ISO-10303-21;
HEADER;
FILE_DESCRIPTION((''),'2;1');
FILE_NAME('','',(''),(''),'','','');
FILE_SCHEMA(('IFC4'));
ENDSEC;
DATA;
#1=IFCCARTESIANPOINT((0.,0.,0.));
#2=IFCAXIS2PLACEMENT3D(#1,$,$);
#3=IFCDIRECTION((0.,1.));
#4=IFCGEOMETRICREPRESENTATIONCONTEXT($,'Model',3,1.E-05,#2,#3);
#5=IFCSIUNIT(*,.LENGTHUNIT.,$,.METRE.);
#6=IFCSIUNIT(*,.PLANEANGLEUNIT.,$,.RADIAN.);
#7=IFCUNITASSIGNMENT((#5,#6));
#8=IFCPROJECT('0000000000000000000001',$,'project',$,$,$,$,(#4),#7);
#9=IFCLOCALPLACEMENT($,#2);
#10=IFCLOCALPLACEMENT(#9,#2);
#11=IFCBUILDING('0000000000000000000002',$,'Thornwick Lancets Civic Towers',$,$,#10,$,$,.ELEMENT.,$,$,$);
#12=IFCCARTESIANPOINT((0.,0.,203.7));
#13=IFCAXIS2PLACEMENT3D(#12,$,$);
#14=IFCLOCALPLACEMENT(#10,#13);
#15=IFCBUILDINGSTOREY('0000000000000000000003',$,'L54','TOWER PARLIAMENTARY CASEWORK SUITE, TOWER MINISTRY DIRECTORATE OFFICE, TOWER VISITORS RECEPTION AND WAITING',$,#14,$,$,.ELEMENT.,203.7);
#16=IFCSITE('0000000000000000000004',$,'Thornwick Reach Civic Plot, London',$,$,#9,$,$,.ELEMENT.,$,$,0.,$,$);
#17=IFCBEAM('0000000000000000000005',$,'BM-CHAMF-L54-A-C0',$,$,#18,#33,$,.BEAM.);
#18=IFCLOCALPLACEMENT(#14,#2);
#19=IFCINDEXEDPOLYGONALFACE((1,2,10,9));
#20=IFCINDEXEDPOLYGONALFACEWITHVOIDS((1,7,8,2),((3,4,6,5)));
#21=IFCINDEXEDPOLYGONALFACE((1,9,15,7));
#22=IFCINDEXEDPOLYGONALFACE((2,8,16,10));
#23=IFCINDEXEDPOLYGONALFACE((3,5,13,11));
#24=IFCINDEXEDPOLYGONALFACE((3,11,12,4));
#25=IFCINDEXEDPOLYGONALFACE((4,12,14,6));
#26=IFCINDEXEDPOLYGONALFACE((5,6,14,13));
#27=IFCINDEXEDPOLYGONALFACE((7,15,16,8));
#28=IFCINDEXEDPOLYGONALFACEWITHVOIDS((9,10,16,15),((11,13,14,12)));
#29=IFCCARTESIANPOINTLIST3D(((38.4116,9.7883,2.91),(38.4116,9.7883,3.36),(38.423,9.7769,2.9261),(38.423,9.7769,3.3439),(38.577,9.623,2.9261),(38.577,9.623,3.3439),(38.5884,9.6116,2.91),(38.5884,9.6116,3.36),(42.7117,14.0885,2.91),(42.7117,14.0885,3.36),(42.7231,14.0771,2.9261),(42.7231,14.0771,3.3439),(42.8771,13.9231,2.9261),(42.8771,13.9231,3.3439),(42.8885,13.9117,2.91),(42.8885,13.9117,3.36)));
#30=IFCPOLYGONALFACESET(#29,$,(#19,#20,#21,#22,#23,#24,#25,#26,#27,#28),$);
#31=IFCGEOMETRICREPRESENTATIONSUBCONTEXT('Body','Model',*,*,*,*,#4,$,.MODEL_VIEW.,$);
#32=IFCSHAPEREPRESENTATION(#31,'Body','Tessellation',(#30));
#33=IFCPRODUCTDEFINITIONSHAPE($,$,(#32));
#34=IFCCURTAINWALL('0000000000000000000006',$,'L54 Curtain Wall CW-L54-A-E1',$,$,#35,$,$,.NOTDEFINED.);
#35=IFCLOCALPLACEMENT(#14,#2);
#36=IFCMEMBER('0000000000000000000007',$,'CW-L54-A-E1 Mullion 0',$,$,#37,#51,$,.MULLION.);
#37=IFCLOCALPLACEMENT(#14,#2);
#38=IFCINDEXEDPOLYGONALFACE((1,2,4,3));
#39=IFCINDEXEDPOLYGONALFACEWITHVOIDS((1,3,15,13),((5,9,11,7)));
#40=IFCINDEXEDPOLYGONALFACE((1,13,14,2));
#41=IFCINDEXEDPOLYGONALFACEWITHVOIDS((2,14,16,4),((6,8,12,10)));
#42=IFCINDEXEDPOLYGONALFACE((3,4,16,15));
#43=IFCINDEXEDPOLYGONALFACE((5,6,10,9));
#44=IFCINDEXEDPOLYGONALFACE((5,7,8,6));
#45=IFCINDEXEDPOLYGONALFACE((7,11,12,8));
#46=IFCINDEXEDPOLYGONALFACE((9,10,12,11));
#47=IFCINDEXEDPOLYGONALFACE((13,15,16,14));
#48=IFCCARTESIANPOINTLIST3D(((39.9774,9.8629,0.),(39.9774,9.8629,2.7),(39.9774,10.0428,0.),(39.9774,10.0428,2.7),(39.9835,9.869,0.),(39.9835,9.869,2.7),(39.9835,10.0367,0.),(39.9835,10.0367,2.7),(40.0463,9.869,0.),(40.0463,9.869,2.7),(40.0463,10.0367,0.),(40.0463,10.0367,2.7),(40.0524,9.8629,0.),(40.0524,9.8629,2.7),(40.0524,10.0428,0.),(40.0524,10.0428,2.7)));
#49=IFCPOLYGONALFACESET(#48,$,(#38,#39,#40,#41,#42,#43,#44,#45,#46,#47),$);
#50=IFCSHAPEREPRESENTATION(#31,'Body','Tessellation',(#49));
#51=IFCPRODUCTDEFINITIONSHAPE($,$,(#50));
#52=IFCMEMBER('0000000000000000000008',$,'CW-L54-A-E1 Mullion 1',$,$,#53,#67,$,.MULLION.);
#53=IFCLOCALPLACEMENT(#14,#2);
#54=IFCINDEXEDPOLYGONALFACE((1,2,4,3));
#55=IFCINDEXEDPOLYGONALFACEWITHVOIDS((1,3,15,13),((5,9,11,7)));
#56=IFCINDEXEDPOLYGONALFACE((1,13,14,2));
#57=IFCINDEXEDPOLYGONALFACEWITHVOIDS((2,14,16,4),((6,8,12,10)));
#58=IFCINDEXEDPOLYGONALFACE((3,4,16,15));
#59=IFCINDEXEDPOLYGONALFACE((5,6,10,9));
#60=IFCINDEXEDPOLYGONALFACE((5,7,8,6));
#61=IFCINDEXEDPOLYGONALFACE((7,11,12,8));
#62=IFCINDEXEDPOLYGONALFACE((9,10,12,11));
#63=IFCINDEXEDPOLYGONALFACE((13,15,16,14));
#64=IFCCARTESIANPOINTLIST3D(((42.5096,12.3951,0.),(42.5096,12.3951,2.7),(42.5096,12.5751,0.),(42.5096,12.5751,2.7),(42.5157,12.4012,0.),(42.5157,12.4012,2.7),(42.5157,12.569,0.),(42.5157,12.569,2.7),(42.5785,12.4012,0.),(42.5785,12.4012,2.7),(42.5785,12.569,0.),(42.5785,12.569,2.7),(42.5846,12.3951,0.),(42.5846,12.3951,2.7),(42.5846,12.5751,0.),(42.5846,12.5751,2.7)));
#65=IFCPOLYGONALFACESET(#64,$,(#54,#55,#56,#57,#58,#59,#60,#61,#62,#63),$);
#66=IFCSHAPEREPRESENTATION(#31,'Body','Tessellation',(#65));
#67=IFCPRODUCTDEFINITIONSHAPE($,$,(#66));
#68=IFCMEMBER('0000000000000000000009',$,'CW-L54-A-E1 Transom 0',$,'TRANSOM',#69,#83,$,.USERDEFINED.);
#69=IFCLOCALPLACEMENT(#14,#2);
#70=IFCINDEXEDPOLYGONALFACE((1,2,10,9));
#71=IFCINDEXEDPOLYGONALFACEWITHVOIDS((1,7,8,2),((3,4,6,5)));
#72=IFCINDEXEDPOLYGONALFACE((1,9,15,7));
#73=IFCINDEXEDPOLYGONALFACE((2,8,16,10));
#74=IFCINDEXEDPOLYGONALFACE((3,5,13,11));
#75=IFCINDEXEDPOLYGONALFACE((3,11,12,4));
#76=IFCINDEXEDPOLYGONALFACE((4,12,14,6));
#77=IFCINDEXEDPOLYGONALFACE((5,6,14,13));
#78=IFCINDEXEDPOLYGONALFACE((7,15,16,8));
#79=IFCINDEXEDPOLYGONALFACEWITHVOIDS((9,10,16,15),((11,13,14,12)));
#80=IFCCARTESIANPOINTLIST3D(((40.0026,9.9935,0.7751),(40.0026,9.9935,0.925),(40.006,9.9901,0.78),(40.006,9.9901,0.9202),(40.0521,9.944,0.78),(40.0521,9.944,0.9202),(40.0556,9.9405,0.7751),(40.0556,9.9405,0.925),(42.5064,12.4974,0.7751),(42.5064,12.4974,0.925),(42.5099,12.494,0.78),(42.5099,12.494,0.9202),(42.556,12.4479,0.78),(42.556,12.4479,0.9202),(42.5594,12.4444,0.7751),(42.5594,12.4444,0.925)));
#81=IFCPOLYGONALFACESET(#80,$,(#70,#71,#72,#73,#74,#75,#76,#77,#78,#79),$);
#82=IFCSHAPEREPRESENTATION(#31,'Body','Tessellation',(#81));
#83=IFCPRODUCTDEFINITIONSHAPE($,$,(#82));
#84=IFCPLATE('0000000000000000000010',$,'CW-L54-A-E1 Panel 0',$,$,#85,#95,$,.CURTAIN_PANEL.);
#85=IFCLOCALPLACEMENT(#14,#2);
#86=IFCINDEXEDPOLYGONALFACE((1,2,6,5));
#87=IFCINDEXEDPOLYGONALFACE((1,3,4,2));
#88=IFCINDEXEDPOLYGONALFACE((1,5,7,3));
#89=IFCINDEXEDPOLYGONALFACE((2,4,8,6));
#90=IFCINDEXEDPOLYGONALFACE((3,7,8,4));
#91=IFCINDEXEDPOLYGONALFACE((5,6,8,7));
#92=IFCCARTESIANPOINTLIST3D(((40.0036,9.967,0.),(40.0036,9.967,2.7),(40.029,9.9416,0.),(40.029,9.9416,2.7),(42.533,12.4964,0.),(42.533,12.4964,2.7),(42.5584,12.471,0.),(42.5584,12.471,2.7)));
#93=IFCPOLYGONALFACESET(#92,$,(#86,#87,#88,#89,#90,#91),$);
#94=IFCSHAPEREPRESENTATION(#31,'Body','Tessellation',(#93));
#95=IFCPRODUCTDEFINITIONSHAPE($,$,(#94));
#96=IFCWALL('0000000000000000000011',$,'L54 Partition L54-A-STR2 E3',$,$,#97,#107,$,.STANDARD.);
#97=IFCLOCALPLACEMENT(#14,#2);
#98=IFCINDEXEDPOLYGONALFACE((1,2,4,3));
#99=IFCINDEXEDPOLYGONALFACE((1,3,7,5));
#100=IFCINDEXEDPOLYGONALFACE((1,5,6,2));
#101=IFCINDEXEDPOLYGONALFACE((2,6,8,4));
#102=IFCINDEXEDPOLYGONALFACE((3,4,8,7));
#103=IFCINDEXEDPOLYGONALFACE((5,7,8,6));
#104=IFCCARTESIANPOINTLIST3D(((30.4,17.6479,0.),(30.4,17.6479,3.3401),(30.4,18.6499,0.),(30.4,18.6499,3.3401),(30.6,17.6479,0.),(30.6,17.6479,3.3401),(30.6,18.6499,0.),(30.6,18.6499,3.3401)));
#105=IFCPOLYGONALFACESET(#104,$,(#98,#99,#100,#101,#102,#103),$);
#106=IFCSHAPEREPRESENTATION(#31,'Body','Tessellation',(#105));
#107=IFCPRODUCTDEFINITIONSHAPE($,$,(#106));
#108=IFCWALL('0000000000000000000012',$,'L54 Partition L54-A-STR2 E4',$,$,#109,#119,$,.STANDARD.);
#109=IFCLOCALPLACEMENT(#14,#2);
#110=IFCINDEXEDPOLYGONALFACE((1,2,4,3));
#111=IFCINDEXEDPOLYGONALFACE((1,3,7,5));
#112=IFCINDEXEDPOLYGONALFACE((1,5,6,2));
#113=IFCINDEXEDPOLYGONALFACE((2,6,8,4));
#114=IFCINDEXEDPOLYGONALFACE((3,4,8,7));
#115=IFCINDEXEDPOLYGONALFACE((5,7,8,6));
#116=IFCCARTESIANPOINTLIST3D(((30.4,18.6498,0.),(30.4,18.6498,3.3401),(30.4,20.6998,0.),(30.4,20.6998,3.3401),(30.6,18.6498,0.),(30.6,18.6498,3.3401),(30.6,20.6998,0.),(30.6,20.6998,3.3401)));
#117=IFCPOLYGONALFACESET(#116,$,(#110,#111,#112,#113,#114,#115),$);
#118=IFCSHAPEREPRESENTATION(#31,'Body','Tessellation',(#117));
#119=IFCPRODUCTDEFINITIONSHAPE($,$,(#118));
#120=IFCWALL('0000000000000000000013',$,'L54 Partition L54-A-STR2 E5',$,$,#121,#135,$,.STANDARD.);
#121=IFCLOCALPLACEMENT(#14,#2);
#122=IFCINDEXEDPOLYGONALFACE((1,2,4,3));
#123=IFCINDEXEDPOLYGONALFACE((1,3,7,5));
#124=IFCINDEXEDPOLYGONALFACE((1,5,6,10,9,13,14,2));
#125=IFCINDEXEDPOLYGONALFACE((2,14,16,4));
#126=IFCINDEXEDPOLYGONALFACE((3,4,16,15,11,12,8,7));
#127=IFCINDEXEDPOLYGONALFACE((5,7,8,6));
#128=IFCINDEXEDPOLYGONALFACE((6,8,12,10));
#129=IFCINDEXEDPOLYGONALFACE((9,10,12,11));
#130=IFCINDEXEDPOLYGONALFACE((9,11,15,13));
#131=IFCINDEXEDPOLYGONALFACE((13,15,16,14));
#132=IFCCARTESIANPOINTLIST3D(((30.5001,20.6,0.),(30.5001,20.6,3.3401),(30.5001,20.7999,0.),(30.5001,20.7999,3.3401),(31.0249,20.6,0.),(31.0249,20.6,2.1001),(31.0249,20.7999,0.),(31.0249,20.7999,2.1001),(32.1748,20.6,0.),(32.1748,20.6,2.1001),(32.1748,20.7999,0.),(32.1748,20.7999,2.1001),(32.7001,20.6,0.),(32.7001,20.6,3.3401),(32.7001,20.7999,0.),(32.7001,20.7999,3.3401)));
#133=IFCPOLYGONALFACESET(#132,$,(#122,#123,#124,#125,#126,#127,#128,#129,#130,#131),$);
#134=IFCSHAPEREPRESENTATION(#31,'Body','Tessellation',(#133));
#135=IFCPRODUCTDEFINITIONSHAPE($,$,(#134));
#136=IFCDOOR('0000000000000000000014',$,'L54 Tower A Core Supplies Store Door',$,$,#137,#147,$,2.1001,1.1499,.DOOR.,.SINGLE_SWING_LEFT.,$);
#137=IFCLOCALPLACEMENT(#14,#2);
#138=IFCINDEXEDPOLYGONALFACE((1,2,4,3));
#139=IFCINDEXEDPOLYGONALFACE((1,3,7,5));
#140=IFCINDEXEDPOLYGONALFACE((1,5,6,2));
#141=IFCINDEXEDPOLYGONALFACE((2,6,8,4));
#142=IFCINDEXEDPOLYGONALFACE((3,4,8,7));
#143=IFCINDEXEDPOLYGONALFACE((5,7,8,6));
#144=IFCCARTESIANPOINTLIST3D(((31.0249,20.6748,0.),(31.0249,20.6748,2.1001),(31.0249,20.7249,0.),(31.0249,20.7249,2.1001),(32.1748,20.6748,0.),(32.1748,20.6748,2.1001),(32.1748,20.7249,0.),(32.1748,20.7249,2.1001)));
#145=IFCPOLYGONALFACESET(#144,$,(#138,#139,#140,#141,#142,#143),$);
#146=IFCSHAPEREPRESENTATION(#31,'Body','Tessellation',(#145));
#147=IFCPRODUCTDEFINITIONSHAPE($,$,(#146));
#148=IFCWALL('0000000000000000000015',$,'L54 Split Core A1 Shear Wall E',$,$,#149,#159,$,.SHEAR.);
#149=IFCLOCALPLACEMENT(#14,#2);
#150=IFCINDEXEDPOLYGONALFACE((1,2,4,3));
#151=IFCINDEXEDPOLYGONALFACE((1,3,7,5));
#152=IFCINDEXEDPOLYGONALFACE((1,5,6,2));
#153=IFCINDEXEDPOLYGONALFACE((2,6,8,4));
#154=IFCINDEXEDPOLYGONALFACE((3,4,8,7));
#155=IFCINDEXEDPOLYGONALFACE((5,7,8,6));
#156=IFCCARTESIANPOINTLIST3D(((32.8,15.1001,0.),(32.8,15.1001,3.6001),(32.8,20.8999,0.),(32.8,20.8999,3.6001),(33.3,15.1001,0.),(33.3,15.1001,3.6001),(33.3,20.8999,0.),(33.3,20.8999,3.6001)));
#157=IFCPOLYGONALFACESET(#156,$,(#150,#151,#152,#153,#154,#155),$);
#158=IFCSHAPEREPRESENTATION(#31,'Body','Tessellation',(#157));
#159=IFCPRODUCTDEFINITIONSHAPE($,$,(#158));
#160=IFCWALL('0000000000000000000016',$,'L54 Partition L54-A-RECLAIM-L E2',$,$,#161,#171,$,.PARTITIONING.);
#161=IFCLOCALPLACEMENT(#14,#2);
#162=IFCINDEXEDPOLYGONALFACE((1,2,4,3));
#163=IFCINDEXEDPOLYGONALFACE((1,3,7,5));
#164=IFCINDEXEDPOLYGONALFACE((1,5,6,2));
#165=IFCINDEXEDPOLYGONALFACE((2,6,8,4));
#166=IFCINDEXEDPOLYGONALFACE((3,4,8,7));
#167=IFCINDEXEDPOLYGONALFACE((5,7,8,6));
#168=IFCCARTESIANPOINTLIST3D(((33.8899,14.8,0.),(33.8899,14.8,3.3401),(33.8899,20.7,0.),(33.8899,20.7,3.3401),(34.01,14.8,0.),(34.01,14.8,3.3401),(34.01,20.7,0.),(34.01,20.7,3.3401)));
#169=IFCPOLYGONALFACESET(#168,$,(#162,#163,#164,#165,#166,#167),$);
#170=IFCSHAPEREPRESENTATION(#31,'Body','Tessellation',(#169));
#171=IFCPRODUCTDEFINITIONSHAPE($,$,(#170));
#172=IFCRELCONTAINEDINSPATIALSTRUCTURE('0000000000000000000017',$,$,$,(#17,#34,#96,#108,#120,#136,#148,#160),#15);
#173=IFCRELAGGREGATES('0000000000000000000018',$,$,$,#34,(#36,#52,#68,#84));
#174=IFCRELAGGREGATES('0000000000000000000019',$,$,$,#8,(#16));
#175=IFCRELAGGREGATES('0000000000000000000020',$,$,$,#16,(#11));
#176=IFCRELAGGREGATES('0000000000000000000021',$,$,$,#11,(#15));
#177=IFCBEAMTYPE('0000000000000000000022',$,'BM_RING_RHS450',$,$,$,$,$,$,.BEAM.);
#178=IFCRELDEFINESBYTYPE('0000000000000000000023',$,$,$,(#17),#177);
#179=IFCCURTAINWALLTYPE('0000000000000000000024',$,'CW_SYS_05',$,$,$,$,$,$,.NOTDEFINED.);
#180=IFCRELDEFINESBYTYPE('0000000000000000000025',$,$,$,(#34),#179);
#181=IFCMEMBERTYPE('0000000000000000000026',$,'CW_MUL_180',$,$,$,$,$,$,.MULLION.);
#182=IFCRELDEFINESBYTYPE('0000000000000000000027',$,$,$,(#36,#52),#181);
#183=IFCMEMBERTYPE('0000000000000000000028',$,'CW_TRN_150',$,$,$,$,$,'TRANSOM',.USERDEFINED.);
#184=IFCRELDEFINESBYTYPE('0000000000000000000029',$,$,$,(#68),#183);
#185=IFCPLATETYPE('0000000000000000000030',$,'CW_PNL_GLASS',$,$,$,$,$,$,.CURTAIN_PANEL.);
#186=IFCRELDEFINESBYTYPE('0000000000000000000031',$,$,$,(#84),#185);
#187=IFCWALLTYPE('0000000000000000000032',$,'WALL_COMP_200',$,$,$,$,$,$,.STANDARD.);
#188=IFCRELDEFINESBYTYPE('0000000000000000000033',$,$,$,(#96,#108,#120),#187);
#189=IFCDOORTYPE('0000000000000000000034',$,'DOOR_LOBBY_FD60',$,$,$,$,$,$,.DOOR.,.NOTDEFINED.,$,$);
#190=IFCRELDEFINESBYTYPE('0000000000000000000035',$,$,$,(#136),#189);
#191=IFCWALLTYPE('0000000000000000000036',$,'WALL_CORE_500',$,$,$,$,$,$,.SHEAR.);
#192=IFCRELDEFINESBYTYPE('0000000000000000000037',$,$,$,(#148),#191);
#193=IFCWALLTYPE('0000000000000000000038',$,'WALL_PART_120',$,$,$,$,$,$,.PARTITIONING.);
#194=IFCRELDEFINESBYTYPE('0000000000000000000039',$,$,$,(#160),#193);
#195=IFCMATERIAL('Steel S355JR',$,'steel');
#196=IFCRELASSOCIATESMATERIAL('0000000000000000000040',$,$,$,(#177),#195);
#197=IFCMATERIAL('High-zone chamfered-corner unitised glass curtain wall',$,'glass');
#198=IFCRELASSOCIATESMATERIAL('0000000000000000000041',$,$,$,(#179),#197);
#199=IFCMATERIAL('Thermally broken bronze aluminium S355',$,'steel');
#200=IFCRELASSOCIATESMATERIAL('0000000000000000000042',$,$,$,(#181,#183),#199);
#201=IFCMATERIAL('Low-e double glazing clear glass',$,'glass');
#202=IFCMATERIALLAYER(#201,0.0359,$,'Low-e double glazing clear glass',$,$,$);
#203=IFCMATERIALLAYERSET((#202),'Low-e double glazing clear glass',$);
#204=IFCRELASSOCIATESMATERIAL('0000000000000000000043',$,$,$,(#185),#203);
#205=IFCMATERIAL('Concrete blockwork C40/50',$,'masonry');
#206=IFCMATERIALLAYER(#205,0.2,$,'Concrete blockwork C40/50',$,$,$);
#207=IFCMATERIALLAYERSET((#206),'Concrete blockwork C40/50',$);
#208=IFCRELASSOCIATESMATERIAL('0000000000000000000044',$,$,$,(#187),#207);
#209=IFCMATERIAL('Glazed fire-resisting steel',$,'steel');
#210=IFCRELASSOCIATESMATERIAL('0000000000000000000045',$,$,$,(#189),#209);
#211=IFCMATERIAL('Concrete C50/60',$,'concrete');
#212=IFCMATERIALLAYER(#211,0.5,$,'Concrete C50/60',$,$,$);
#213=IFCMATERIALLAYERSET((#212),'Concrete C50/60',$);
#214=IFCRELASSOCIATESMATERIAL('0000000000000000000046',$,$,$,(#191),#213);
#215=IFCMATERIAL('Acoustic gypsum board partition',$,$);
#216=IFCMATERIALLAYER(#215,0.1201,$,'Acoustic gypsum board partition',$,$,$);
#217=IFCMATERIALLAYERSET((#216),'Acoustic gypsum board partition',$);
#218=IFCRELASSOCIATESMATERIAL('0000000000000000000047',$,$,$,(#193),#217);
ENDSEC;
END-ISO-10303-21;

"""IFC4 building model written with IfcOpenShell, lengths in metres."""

from ifc_helpers import new_model, si_unit, direction, frame, frame_2d, origin, origin_2d, place, context, subcontext, project, spatial, rectangle, hollow_rectangle, extrude, material, layer, layer_set, material_profile, profile_set, type_object, element, fill, aggregate, save


model = new_model("IFC4")

# Units and contexts
model_context = context("Model", 3, precision=1e-05, world=origin(), true_north=direction((0.0, 1.0)))
body_context = subcontext(model_context, "Body", "Model", "MODEL_VIEW")
ifc_project = project(units=[si_unit("LENGTHUNIT", "METRE"), si_unit("PLANEANGLEUNIT", "RADIAN")], contexts=[model_context])

# Site, building, storey
site_placement = place(None, origin())
site = spatial("IfcSite", under=ifc_project, at=site_placement, Name="Thornwick Reach Civic Plot, London", CompositionType="ELEMENT", RefElevation=0.0)
building_placement = place(site_placement, origin())
building = spatial("IfcBuilding", under=site, at=building_placement, Name="Thornwick Lancets Civic Towers", CompositionType="ELEMENT")
storey_placement = place(building_placement, frame((0.0, 0.0, 203.7)))
storey = spatial("IfcBuildingStorey", under=building, at=storey_placement, Name="L54", Description="TOWER PARLIAMENTARY CASEWORK SUITE, TOWER MINISTRY DIRECTORATE OFFICE, TOWER VISITORS RECEPTION AND WAITING", CompositionType="ELEMENT", Elevation=203.7)

# Shared definitions
ifc_material_1 = material(Name="Concrete C50/60", Category="concrete")

# Beam
ifc_material_2 = material(Name="Steel S355JR", Category="steel")
ifc_material_profile_1 = material_profile(ifc_material_2, hollow_rectangle(XDim=0.25, YDim=0.45, WallThickness=0.0161, at=origin_2d()), Name="RHS 450x250x16")
ifc_profile_set_1 = profile_set([ifc_material_profile_1], Name="Steel S355JR")
beam_type_1 = type_object("IfcBeamType", Name="BM_RING_RHS450", PredefinedType="BEAM", material=ifc_profile_set_1)
beam_1_placement = place(storey_placement, frame((38.5, 9.7, 3.135), z_axis=(0.707107, 0.707107, 0.0), x_axis=(-0.707107, 0.707107, 0.0)))
element("IfcBeam", 1, at=beam_1_placement, inside=storey, type_object=beam_type_1, Name="BM-CHAMF-L54-A-C0", PredefinedType="BEAM", context=body_context, shape_type="SweptSolid", body=[
    extrude(hollow_rectangle(XDim=0.25, YDim=0.45, WallThickness=0.0161, at=origin_2d()), origin(), (0.0, 0.0, 1.0), 6.0813),
])

# Curtain wall, members, plate
ifc_material_3 = material(Name="High-zone chamfered-corner unitised glass curtain wall", Category="glass")
curtain_wall_type = type_object("IfcCurtainWallType", Name="CW_SYS_05", PredefinedType="NOTDEFINED", material=ifc_material_3)
curtain_wall_placement = place(storey_placement, origin())
curtain_wall = element("IfcCurtainWall", 2, at=curtain_wall_placement, inside=storey, type_object=curtain_wall_type, Name="L54 Curtain Wall CW-L54-A-E1", PredefinedType="NOTDEFINED")
ifc_material_4 = material(Name="Thermally broken bronze aluminium S355", Category="steel")
ifc_material_profile_2 = material_profile(ifc_material_4, hollow_rectangle(XDim=0.075, YDim=0.1799, WallThickness=0.0061, at=origin_2d()), Name="RHS 180x75x6")
ifc_profile_set_2 = profile_set([ifc_material_profile_2], Name="Thermally broken bronze aluminium S355")
member_type_1 = type_object("IfcMemberType", Name="CW_MUL_180", PredefinedType="MULLION", material=ifc_profile_set_2)
member_1_placement = place(storey_placement, frame((40.0149, 9.9529, 0.0), z_axis=(0.0, 0.0, 1.0), x_axis=(1.0, 0.0, 0.0)))
member_1 = element("IfcMember", 3, at=member_1_placement, type_object=member_type_1, Name="CW-L54-A-E1 Mullion 0", PredefinedType="MULLION", context=body_context, shape_type="SweptSolid", body=[
    extrude(hollow_rectangle(XDim=0.075, YDim=0.1799, WallThickness=0.0061, at=origin_2d()), origin(), (0.0, 0.0, 1.0), 2.7),
])
member_2_placement = place(storey_placement, frame((42.5471, 12.4851, 0.0), z_axis=(0.0, 0.0, 1.0), x_axis=(1.0, 0.0, 0.0)))
member_2 = element("IfcMember", 4, at=member_2_placement, type_object=member_type_1, Name="CW-L54-A-E1 Mullion 1", PredefinedType="MULLION", context=body_context, shape_type="SweptSolid", body=[
    extrude(hollow_rectangle(XDim=0.075, YDim=0.1799, WallThickness=0.0061, at=origin_2d()), origin(), (0.0, 0.0, 1.0), 2.7),
])
ifc_material_profile_3 = material_profile(ifc_material_4, hollow_rectangle(XDim=0.075, YDim=0.1499, WallThickness=0.0049, at=origin_2d()), Name="RHS 150x75x5")
ifc_profile_set_3 = profile_set([ifc_material_profile_3], Name="Thermally broken bronze aluminium S355")
member_type_2 = type_object("IfcMemberType", Name="CW_TRN_150", ElementType="TRANSOM", PredefinedType="USERDEFINED", material=ifc_profile_set_3)
member_3_placement = place(storey_placement, frame((40.0291, 9.967, 0.8501), z_axis=(0.707107, 0.707107, 0.0), x_axis=(-0.707107, 0.707107, 0.0)))
member_3 = element("IfcMember", 5, at=member_3_placement, type_object=member_type_2, Name="CW-L54-A-E1 Transom 0", ObjectType="TRANSOM", PredefinedType="USERDEFINED", context=body_context, shape_type="SweptSolid", body=[
    extrude(hollow_rectangle(XDim=0.075, YDim=0.1499, WallThickness=0.0049, at=origin_2d()), origin(), (0.0, 0.0, 1.0), 3.541),
])
ifc_material_5 = material(Name="Low-e double glazing clear glass", Category="glass")
ifc_layer_1 = layer(ifc_material_5, 0.0359, Name="Low-e double glazing clear glass")
ifc_layer_set_1 = layer_set([ifc_layer_1], Name="Low-e double glazing clear glass")
plate_type = type_object("IfcPlateType", Name="CW_PNL_GLASS", PredefinedType="CURTAIN_PANEL", material=ifc_layer_set_1)
plate_placement = place(storey_placement, frame((41.281, 11.219, 0.0), z_axis=(0.0, 0.0, 1.0), x_axis=(0.707107, 0.707107, 0.0)))
plate = element("IfcPlate", 6, at=plate_placement, type_object=plate_type, Name="CW-L54-A-E1 Panel 0", PredefinedType="CURTAIN_PANEL", context=body_context, shape_type="SweptSolid", body=[
    extrude(rectangle(XDim=3.5771, YDim=0.0359, at=origin_2d()), origin(), (0.0, 0.0, 1.0), 2.7),
])
aggregate(curtain_wall, [member_1, member_2, member_3, plate])

# Walls
ifc_material_6 = material(Name="Concrete blockwork C40/50", Category="masonry")
ifc_layer_2 = layer(ifc_material_6, 0.2, Name="Concrete blockwork C40/50")
ifc_layer_set_2 = layer_set([ifc_layer_2], Name="Concrete blockwork C40/50")
wall_type_1 = type_object("IfcWallType", Name="WALL_COMP_200", PredefinedType="STANDARD", material=ifc_layer_set_2)
wall_1_placement = place(storey_placement, frame((30.5, 17.6479, 0.0), z_axis=(0.0, 0.0, 1.0), x_axis=(0.0, 1.0, 0.0)))
element("IfcWall", 7, at=wall_1_placement, inside=storey, type_object=wall_type_1, Name="L54 Partition L54-A-STR2 E3", PredefinedType="STANDARD", context=body_context, shape_type="SweptSolid", body=[
    extrude(rectangle(XDim=1.002, YDim=0.2, at=frame_2d((0.501, 0.0))), origin(), (0.0, 0.0, 1.0), 3.3401),
])
wall_2_placement = place(storey_placement, frame((30.5, 18.6499, 0.0), z_axis=(0.0, 0.0, 1.0), x_axis=(0.0, 1.0, 0.0)))
element("IfcWall", 8, at=wall_2_placement, inside=storey, type_object=wall_type_1, Name="L54 Partition L54-A-STR2 E4", PredefinedType="STANDARD", context=body_context, shape_type="SweptSolid", body=[
    extrude(rectangle(XDim=2.05, YDim=0.2, at=frame_2d((1.0249, 0.0))), origin(), (0.0, 0.0, 1.0), 3.3401),
])

# Wall, opening, door
wall_3_placement = place(storey_placement, frame((30.5, 20.7, 0.0), z_axis=(0.0, 0.0, 1.0), x_axis=(1.0, 0.0, 0.0)))
wall_3 = element("IfcWall", 9, at=wall_3_placement, inside=storey, type_object=wall_type_1, Name="L54 Partition L54-A-STR2 E5", PredefinedType="STANDARD", context=body_context, shape_type="SweptSolid", body=[
    extrude(rectangle(XDim=2.2, YDim=0.2, at=frame_2d((1.1001, 0.0))), origin(), (0.0, 0.0, 1.0), 3.3401),
])
opening_1_placement = place(wall_3_placement, frame((0.5249, 0.0, 0.0)))
opening_1 = element("IfcOpeningElement", 10, at=opening_1_placement, cuts=wall_3, PredefinedType="OPENING", context=body_context, shape_type="SweptSolid", body=[
    extrude(rectangle(XDim=1.1499, YDim=2.1001, at=frame_2d((0.575, 1.05))), frame((0.0, 0.1099, 0.0), z_axis=(0.0, -1.0, 0.0), x_axis=(1.0, 0.0, 0.0)), (0.0, 0.0, 1.0), 0.22),
])
ifc_material_7 = material(Name="Glazed fire-resisting steel", Category="steel")
door_type_1 = type_object("IfcDoorType", Name="DOOR_LOBBY_FD60", OperationType="NOTDEFINED", PredefinedType="DOOR", material=ifc_material_7)
door_1_placement = place(opening_1_placement, origin())
door_1 = element("IfcDoor", 11, at=door_1_placement, inside=storey, type_object=door_type_1, Name="L54 Tower A Core Supplies Store Door", OperationType="SINGLE_SWING_LEFT", OverallHeight=2.1001, OverallWidth=1.1499, PredefinedType="DOOR", context=body_context, shape_type="SweptSolid", body=[
    extrude(rectangle(XDim=1.1499, YDim=2.1001, at=frame_2d((0.575, 1.05))), frame((0.0, 0.0249, 0.0), z_axis=(0.0, -1.0, 0.0), x_axis=(1.0, 0.0, 0.0)), (0.0, 0.0, 1.0), 0.05),
])
fill(opening_1, door_1)

# Walls
ifc_layer_3 = layer(ifc_material_1, 0.5, Name="Concrete C50/60")
ifc_layer_set_3 = layer_set([ifc_layer_3], Name="Concrete C50/60")
wall_type_2 = type_object("IfcWallType", Name="WALL_CORE_500", PredefinedType="SHEAR", material=ifc_layer_set_3)
wall_4_placement = place(storey_placement, frame((33.05, 15.1001, 0.0), z_axis=(0.0, 0.0, 1.0), x_axis=(0.0, 1.0, 0.0)))
element("IfcWall", 12, at=wall_4_placement, inside=storey, type_object=wall_type_2, Name="L54 Split Core A1 Shear Wall E", PredefinedType="SHEAR", context=body_context, shape_type="SweptSolid", body=[
    extrude(rectangle(XDim=5.7998, YDim=0.5, at=frame_2d((2.8999, 0.0))), origin(), (0.0, 0.0, 1.0), 3.6001),
])
ifc_material_8 = material(Name="Acoustic gypsum board partition")
ifc_layer_4 = layer(ifc_material_8, 0.1201, Name="Acoustic gypsum board partition")
ifc_layer_set_4 = layer_set([ifc_layer_4], Name="Acoustic gypsum board partition")
wall_type_3 = type_object("IfcWallType", Name="WALL_PART_120", PredefinedType="PARTITIONING", material=ifc_layer_set_4)
wall_5_placement = place(storey_placement, frame((33.95, 20.7, 0.0), z_axis=(0.0, 0.0, 1.0), x_axis=(0.0, -1.0, 0.0)))
element("IfcWall", 13, at=wall_5_placement, inside=storey, type_object=wall_type_3, Name="L54 Partition L54-A-RECLAIM-L E2", PredefinedType="PARTITIONING", context=body_context, shape_type="SweptSolid", body=[
    extrude(rectangle(XDim=5.8999, YDim=0.1201, at=frame_2d((2.95, 0.0))), origin(), (0.0, 0.0, 1.0), 3.3401),
])

save(model, "model.ifc")
